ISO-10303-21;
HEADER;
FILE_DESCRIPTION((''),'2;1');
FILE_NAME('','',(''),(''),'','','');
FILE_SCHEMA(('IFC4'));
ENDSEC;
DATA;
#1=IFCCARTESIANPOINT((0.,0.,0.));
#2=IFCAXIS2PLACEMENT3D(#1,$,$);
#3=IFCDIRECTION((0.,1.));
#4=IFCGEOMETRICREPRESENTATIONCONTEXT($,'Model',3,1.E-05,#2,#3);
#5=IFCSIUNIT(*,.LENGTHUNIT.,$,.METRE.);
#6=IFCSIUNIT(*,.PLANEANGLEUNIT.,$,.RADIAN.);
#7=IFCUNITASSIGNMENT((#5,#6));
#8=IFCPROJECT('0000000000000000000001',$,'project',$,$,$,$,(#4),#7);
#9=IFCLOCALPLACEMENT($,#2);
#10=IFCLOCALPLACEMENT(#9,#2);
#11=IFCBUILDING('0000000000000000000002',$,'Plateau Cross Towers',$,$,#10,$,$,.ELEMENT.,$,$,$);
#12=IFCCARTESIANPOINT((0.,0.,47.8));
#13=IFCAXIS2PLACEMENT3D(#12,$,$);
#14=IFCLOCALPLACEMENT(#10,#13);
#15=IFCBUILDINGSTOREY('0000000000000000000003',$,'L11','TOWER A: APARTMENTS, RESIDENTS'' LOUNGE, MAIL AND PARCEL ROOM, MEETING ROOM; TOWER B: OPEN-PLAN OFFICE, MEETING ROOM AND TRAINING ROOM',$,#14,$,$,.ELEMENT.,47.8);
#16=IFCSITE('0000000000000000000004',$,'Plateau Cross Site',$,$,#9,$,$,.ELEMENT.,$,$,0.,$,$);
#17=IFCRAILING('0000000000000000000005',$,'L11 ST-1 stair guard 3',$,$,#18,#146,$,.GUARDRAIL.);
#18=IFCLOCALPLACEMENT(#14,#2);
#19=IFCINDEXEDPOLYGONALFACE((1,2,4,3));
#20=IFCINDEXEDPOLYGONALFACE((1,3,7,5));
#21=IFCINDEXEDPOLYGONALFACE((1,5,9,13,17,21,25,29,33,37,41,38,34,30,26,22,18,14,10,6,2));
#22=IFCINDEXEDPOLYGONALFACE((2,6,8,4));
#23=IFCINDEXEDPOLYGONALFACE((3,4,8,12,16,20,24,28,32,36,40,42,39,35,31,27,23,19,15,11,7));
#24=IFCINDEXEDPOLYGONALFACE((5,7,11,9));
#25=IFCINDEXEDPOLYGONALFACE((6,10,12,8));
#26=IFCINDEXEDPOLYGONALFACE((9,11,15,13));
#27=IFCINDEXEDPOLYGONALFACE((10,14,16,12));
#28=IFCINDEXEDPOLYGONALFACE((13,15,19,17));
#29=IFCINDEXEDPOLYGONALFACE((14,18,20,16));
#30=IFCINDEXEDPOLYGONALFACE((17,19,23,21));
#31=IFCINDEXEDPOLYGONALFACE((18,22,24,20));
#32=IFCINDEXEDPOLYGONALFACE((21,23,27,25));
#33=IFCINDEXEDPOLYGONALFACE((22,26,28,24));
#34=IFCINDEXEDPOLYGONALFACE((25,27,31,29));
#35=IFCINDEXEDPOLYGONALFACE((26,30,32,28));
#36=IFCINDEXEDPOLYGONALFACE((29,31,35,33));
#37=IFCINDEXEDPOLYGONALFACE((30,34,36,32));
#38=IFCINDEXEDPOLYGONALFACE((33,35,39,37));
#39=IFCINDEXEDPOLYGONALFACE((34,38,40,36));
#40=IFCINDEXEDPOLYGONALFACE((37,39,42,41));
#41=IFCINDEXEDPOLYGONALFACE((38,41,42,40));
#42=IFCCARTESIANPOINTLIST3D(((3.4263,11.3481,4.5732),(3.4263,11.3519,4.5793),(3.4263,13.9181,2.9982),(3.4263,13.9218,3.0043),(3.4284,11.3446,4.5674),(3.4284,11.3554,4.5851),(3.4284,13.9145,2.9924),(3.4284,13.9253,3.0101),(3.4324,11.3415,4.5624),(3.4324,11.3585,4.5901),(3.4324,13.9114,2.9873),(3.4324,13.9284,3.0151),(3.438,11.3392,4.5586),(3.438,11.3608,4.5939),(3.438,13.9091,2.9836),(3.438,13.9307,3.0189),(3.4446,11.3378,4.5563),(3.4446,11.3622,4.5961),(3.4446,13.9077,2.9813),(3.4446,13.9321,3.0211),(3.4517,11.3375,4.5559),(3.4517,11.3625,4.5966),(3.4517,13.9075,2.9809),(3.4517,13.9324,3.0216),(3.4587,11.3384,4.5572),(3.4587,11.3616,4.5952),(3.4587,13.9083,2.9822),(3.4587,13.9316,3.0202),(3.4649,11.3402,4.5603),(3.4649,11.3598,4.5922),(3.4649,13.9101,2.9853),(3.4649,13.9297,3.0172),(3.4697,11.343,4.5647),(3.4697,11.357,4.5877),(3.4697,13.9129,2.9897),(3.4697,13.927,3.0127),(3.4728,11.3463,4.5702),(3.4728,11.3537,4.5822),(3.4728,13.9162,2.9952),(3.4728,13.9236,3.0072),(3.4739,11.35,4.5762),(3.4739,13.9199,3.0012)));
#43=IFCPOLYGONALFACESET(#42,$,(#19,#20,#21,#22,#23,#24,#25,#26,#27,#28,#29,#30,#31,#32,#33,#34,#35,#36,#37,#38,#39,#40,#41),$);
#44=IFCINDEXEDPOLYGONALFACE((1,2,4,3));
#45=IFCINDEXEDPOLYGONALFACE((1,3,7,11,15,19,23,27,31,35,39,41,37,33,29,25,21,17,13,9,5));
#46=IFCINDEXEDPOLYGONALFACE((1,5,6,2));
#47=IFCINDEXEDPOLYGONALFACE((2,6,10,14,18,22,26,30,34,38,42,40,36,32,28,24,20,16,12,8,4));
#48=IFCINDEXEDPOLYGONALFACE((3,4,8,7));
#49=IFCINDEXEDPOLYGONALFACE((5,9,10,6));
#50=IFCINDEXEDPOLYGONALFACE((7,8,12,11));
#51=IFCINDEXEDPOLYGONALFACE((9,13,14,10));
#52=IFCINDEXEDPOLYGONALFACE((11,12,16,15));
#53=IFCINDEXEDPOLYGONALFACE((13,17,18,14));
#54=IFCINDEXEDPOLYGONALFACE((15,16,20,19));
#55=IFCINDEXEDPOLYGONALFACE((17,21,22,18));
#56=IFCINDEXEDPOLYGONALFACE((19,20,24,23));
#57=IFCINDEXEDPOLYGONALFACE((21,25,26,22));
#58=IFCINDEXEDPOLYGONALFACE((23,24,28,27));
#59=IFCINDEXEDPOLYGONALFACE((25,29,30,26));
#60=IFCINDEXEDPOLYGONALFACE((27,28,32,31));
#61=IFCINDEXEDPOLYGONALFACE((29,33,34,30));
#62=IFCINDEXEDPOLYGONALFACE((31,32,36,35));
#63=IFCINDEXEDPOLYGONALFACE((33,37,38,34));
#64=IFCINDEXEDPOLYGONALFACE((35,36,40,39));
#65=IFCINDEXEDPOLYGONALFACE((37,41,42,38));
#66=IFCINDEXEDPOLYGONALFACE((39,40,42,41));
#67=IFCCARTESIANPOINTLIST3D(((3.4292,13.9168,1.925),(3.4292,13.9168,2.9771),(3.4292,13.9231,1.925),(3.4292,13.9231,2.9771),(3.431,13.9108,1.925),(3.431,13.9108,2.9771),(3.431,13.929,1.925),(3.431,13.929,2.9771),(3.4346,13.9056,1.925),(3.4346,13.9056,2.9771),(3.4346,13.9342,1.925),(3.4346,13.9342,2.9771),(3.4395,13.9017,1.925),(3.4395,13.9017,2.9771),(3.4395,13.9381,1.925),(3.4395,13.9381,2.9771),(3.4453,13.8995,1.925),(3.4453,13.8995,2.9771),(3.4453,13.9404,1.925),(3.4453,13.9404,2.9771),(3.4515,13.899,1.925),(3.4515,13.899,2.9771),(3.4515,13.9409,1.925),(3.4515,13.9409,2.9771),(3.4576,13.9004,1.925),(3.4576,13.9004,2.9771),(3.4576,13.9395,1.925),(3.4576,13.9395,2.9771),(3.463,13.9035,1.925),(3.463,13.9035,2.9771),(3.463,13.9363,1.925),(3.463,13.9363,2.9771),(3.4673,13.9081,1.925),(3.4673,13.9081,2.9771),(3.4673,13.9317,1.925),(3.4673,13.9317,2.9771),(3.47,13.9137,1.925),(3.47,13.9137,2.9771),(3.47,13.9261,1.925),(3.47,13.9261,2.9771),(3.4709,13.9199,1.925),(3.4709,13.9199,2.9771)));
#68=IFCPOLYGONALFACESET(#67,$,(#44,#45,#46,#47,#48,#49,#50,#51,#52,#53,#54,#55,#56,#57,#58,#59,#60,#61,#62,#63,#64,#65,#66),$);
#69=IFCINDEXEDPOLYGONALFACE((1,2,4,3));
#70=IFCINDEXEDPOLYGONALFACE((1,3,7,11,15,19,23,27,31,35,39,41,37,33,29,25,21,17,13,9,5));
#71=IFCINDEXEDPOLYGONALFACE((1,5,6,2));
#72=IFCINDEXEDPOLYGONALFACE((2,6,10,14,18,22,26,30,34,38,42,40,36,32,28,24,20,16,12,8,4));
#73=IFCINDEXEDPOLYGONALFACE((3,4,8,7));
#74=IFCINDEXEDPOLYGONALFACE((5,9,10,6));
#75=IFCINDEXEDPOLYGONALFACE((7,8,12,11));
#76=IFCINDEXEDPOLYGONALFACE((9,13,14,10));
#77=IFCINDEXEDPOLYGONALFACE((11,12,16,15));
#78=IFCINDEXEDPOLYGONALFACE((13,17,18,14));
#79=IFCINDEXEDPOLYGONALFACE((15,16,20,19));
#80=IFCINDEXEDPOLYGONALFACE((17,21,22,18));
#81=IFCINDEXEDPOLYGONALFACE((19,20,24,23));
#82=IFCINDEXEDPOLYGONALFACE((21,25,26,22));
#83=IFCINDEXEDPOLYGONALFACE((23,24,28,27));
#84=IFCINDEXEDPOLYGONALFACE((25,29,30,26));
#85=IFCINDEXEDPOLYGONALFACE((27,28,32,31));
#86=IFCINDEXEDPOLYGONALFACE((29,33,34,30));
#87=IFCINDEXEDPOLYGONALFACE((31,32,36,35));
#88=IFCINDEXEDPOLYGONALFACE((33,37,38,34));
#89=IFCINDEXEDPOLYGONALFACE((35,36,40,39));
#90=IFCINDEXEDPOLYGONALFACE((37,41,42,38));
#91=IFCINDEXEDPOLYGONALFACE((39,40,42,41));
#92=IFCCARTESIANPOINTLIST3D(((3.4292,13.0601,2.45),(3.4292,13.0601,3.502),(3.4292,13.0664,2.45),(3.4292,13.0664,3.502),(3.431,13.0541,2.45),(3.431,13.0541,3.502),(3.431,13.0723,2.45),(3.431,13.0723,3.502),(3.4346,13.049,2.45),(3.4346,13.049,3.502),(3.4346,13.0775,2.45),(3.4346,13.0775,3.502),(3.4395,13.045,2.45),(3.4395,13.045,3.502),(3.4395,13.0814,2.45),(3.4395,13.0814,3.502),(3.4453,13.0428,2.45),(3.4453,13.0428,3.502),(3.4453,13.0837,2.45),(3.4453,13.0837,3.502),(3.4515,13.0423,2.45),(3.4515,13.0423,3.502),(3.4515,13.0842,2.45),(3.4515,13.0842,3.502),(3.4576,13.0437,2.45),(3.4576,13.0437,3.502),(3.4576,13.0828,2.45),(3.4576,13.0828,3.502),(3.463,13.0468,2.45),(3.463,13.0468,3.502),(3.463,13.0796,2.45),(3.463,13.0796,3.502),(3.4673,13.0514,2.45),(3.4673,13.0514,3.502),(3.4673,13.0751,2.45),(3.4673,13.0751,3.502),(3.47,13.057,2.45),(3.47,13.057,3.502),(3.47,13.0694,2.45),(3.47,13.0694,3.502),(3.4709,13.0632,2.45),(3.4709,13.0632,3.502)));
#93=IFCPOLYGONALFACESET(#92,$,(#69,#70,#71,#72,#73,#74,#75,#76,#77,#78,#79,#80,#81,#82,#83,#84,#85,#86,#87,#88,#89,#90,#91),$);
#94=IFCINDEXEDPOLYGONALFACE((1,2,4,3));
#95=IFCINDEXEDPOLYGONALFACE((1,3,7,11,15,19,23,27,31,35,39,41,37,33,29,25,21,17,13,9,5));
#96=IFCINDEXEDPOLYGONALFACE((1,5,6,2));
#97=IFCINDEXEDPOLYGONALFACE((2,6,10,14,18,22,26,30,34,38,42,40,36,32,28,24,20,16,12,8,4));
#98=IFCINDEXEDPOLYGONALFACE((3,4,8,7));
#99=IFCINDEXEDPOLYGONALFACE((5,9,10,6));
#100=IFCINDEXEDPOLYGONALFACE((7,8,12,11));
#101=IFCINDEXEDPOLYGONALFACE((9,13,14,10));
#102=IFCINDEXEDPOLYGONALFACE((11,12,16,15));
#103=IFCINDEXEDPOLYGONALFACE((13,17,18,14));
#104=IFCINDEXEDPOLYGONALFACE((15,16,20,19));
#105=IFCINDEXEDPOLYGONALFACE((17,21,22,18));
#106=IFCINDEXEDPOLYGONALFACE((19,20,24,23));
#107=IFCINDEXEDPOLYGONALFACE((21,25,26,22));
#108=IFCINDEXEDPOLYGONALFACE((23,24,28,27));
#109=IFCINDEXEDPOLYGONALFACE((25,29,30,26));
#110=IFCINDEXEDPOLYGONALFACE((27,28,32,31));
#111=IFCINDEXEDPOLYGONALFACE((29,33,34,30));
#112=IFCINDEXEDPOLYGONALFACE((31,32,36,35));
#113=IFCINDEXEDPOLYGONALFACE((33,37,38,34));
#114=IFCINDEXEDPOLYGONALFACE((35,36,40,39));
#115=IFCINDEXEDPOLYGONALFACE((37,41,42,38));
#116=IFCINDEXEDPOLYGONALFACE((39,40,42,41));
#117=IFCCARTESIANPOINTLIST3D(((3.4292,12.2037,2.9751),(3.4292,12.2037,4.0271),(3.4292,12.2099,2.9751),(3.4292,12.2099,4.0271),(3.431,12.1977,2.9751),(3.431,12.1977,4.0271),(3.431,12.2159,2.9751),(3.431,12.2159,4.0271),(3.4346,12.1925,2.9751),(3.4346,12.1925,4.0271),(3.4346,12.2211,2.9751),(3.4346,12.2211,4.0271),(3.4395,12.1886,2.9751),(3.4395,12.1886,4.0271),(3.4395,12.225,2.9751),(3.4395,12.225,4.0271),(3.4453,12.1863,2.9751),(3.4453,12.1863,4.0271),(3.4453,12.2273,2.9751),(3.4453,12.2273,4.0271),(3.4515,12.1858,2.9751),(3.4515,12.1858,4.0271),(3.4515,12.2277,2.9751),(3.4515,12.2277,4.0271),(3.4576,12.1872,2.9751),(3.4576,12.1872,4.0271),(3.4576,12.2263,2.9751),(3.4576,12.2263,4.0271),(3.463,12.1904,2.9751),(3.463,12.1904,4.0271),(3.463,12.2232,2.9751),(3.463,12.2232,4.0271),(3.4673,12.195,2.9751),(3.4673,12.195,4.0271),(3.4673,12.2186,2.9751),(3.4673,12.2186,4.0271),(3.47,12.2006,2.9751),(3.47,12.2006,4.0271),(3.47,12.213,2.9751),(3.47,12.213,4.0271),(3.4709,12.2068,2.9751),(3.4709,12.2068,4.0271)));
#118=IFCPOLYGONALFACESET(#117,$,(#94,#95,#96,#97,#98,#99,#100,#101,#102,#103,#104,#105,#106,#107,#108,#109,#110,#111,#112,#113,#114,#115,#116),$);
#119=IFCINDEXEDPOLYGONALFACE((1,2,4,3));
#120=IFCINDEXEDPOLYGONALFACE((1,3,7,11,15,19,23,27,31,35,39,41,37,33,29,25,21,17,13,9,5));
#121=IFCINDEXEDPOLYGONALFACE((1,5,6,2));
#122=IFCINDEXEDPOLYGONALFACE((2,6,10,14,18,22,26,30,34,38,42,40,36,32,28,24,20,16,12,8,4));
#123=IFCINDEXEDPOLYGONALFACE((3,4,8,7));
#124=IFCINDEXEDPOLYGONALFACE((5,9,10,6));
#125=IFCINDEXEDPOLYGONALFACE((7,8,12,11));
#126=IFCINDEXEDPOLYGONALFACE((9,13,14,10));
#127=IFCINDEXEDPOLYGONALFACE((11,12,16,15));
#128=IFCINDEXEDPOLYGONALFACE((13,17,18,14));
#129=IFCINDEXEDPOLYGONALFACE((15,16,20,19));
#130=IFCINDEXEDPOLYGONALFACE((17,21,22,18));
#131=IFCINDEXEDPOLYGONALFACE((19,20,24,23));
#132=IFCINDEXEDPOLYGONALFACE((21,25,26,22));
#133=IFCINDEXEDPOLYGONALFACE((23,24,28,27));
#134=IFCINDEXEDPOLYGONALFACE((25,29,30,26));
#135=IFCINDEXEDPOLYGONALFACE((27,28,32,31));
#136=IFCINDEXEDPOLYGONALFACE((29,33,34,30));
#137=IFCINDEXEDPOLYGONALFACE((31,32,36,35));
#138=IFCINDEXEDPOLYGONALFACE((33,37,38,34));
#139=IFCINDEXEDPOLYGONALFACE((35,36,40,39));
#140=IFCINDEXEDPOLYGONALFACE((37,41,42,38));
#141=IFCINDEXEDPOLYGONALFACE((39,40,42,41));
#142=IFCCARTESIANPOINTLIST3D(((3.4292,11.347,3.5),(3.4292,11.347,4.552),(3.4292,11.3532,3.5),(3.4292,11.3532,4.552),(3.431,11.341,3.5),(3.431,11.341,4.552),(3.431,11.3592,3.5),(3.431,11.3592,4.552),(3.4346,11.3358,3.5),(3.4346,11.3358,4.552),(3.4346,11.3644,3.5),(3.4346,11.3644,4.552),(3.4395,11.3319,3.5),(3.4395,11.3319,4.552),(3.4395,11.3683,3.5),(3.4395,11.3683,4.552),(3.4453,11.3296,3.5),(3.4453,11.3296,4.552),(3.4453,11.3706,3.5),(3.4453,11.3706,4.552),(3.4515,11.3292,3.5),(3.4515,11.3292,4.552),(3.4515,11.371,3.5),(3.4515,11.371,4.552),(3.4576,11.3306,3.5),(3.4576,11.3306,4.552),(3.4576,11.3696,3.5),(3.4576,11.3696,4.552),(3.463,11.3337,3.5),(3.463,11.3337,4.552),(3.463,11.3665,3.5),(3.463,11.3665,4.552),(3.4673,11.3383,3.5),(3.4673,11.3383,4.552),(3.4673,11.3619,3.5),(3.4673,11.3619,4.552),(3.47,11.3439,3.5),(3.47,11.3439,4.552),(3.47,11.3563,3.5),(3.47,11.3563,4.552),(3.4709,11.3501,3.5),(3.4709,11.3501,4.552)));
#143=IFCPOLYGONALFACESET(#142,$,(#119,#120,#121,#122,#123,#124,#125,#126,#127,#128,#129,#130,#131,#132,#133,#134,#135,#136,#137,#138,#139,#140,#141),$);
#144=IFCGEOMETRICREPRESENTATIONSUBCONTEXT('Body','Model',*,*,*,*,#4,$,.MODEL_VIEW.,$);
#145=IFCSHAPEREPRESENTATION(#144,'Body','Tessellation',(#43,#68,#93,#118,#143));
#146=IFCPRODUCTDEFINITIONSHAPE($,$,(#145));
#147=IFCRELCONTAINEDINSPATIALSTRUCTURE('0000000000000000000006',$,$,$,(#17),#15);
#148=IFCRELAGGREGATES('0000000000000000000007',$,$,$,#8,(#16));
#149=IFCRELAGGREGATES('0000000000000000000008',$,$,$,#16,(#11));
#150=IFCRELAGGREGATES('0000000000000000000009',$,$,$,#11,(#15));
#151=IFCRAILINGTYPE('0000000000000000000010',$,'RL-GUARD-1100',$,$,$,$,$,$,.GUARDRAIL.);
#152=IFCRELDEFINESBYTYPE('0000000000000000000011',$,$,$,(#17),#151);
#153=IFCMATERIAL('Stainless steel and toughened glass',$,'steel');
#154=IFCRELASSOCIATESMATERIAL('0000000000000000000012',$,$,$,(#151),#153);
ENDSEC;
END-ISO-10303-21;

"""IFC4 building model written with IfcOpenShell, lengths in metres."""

from ifc_helpers import new_model, si_unit, direction, frame, origin, origin_2d, place, context, subcontext, project, spatial, circle, extrude, material, type_object, element, save


model = new_model("IFC4")

# Units and contexts
model_context = context("Model", 3, precision=1e-05, world=origin(), true_north=direction((0.0, 1.0)))
body_context = subcontext(model_context, "Body", "Model", "MODEL_VIEW")
ifc_project = project(units=[si_unit("LENGTHUNIT", "METRE"), si_unit("PLANEANGLEUNIT", "RADIAN")], contexts=[model_context])

# Site, building, storey
site_placement = place(None, origin())
site = spatial("IfcSite", under=ifc_project, at=site_placement, Name="Plateau Cross Site", CompositionType="ELEMENT", RefElevation=0.0)
building_placement = place(site_placement, origin())
building = spatial("IfcBuilding", under=site, at=building_placement, Name="Plateau Cross Towers", CompositionType="ELEMENT")
storey_placement = place(building_placement, frame((0.0, 0.0, 47.8)))
storey = spatial("IfcBuildingStorey", under=building, at=storey_placement, Name="L11", Description="TOWER A: APARTMENTS, RESIDENTS' LOUNGE, MAIL AND PARCEL ROOM, MEETING ROOM; TOWER B: OPEN-PLAN OFFICE, MEETING ROOM AND TRAINING ROOM", CompositionType="ELEMENT", Elevation=47.8)

# Railing
ifc_material_1 = material(Name="Stainless steel and toughened glass", Category="steel")
railing_type_1 = type_object("IfcRailingType", Name="RL-GUARD-1100", PredefinedType="GUARDRAIL", material=ifc_material_1)
railing_1_placement = place(storey_placement, frame((3.45, 13.9199, 1.925)))
element("IfcRailing", 1, at=railing_1_placement, inside=storey, type_object=railing_type_1, Name="L11 ST-1 stair guard 3", PredefinedType="GUARDRAIL", context=body_context, shape_type="SweptSolid", body=[
    extrude(circle(Radius=0.0239, at=origin_2d()), frame((0.0, 0.0, 1.0762), z_axis=(0.0, -0.852616, 0.522537), x_axis=(1.0, 0.0, 0.0)), (0.0, 0.0, 1.0), 3.0142),
    extrude(circle(Radius=0.021, at=origin_2d()), origin(), (0.0, 0.0, 1.0), 1.052),
    extrude(circle(Radius=0.021, at=origin_2d()), frame((0.0, -0.8567, 0.5249)), (0.0, 0.0, 1.0), 1.052),
    extrude(circle(Radius=0.021, at=origin_2d()), frame((0.0, -1.7131, 1.05)), (0.0, 0.0, 1.0), 1.052),
    extrude(circle(Radius=0.021, at=origin_2d()), frame((0.0, -2.5698, 1.575)), (0.0, 0.0, 1.0), 1.052),
])

save(model, "model.ifc")
